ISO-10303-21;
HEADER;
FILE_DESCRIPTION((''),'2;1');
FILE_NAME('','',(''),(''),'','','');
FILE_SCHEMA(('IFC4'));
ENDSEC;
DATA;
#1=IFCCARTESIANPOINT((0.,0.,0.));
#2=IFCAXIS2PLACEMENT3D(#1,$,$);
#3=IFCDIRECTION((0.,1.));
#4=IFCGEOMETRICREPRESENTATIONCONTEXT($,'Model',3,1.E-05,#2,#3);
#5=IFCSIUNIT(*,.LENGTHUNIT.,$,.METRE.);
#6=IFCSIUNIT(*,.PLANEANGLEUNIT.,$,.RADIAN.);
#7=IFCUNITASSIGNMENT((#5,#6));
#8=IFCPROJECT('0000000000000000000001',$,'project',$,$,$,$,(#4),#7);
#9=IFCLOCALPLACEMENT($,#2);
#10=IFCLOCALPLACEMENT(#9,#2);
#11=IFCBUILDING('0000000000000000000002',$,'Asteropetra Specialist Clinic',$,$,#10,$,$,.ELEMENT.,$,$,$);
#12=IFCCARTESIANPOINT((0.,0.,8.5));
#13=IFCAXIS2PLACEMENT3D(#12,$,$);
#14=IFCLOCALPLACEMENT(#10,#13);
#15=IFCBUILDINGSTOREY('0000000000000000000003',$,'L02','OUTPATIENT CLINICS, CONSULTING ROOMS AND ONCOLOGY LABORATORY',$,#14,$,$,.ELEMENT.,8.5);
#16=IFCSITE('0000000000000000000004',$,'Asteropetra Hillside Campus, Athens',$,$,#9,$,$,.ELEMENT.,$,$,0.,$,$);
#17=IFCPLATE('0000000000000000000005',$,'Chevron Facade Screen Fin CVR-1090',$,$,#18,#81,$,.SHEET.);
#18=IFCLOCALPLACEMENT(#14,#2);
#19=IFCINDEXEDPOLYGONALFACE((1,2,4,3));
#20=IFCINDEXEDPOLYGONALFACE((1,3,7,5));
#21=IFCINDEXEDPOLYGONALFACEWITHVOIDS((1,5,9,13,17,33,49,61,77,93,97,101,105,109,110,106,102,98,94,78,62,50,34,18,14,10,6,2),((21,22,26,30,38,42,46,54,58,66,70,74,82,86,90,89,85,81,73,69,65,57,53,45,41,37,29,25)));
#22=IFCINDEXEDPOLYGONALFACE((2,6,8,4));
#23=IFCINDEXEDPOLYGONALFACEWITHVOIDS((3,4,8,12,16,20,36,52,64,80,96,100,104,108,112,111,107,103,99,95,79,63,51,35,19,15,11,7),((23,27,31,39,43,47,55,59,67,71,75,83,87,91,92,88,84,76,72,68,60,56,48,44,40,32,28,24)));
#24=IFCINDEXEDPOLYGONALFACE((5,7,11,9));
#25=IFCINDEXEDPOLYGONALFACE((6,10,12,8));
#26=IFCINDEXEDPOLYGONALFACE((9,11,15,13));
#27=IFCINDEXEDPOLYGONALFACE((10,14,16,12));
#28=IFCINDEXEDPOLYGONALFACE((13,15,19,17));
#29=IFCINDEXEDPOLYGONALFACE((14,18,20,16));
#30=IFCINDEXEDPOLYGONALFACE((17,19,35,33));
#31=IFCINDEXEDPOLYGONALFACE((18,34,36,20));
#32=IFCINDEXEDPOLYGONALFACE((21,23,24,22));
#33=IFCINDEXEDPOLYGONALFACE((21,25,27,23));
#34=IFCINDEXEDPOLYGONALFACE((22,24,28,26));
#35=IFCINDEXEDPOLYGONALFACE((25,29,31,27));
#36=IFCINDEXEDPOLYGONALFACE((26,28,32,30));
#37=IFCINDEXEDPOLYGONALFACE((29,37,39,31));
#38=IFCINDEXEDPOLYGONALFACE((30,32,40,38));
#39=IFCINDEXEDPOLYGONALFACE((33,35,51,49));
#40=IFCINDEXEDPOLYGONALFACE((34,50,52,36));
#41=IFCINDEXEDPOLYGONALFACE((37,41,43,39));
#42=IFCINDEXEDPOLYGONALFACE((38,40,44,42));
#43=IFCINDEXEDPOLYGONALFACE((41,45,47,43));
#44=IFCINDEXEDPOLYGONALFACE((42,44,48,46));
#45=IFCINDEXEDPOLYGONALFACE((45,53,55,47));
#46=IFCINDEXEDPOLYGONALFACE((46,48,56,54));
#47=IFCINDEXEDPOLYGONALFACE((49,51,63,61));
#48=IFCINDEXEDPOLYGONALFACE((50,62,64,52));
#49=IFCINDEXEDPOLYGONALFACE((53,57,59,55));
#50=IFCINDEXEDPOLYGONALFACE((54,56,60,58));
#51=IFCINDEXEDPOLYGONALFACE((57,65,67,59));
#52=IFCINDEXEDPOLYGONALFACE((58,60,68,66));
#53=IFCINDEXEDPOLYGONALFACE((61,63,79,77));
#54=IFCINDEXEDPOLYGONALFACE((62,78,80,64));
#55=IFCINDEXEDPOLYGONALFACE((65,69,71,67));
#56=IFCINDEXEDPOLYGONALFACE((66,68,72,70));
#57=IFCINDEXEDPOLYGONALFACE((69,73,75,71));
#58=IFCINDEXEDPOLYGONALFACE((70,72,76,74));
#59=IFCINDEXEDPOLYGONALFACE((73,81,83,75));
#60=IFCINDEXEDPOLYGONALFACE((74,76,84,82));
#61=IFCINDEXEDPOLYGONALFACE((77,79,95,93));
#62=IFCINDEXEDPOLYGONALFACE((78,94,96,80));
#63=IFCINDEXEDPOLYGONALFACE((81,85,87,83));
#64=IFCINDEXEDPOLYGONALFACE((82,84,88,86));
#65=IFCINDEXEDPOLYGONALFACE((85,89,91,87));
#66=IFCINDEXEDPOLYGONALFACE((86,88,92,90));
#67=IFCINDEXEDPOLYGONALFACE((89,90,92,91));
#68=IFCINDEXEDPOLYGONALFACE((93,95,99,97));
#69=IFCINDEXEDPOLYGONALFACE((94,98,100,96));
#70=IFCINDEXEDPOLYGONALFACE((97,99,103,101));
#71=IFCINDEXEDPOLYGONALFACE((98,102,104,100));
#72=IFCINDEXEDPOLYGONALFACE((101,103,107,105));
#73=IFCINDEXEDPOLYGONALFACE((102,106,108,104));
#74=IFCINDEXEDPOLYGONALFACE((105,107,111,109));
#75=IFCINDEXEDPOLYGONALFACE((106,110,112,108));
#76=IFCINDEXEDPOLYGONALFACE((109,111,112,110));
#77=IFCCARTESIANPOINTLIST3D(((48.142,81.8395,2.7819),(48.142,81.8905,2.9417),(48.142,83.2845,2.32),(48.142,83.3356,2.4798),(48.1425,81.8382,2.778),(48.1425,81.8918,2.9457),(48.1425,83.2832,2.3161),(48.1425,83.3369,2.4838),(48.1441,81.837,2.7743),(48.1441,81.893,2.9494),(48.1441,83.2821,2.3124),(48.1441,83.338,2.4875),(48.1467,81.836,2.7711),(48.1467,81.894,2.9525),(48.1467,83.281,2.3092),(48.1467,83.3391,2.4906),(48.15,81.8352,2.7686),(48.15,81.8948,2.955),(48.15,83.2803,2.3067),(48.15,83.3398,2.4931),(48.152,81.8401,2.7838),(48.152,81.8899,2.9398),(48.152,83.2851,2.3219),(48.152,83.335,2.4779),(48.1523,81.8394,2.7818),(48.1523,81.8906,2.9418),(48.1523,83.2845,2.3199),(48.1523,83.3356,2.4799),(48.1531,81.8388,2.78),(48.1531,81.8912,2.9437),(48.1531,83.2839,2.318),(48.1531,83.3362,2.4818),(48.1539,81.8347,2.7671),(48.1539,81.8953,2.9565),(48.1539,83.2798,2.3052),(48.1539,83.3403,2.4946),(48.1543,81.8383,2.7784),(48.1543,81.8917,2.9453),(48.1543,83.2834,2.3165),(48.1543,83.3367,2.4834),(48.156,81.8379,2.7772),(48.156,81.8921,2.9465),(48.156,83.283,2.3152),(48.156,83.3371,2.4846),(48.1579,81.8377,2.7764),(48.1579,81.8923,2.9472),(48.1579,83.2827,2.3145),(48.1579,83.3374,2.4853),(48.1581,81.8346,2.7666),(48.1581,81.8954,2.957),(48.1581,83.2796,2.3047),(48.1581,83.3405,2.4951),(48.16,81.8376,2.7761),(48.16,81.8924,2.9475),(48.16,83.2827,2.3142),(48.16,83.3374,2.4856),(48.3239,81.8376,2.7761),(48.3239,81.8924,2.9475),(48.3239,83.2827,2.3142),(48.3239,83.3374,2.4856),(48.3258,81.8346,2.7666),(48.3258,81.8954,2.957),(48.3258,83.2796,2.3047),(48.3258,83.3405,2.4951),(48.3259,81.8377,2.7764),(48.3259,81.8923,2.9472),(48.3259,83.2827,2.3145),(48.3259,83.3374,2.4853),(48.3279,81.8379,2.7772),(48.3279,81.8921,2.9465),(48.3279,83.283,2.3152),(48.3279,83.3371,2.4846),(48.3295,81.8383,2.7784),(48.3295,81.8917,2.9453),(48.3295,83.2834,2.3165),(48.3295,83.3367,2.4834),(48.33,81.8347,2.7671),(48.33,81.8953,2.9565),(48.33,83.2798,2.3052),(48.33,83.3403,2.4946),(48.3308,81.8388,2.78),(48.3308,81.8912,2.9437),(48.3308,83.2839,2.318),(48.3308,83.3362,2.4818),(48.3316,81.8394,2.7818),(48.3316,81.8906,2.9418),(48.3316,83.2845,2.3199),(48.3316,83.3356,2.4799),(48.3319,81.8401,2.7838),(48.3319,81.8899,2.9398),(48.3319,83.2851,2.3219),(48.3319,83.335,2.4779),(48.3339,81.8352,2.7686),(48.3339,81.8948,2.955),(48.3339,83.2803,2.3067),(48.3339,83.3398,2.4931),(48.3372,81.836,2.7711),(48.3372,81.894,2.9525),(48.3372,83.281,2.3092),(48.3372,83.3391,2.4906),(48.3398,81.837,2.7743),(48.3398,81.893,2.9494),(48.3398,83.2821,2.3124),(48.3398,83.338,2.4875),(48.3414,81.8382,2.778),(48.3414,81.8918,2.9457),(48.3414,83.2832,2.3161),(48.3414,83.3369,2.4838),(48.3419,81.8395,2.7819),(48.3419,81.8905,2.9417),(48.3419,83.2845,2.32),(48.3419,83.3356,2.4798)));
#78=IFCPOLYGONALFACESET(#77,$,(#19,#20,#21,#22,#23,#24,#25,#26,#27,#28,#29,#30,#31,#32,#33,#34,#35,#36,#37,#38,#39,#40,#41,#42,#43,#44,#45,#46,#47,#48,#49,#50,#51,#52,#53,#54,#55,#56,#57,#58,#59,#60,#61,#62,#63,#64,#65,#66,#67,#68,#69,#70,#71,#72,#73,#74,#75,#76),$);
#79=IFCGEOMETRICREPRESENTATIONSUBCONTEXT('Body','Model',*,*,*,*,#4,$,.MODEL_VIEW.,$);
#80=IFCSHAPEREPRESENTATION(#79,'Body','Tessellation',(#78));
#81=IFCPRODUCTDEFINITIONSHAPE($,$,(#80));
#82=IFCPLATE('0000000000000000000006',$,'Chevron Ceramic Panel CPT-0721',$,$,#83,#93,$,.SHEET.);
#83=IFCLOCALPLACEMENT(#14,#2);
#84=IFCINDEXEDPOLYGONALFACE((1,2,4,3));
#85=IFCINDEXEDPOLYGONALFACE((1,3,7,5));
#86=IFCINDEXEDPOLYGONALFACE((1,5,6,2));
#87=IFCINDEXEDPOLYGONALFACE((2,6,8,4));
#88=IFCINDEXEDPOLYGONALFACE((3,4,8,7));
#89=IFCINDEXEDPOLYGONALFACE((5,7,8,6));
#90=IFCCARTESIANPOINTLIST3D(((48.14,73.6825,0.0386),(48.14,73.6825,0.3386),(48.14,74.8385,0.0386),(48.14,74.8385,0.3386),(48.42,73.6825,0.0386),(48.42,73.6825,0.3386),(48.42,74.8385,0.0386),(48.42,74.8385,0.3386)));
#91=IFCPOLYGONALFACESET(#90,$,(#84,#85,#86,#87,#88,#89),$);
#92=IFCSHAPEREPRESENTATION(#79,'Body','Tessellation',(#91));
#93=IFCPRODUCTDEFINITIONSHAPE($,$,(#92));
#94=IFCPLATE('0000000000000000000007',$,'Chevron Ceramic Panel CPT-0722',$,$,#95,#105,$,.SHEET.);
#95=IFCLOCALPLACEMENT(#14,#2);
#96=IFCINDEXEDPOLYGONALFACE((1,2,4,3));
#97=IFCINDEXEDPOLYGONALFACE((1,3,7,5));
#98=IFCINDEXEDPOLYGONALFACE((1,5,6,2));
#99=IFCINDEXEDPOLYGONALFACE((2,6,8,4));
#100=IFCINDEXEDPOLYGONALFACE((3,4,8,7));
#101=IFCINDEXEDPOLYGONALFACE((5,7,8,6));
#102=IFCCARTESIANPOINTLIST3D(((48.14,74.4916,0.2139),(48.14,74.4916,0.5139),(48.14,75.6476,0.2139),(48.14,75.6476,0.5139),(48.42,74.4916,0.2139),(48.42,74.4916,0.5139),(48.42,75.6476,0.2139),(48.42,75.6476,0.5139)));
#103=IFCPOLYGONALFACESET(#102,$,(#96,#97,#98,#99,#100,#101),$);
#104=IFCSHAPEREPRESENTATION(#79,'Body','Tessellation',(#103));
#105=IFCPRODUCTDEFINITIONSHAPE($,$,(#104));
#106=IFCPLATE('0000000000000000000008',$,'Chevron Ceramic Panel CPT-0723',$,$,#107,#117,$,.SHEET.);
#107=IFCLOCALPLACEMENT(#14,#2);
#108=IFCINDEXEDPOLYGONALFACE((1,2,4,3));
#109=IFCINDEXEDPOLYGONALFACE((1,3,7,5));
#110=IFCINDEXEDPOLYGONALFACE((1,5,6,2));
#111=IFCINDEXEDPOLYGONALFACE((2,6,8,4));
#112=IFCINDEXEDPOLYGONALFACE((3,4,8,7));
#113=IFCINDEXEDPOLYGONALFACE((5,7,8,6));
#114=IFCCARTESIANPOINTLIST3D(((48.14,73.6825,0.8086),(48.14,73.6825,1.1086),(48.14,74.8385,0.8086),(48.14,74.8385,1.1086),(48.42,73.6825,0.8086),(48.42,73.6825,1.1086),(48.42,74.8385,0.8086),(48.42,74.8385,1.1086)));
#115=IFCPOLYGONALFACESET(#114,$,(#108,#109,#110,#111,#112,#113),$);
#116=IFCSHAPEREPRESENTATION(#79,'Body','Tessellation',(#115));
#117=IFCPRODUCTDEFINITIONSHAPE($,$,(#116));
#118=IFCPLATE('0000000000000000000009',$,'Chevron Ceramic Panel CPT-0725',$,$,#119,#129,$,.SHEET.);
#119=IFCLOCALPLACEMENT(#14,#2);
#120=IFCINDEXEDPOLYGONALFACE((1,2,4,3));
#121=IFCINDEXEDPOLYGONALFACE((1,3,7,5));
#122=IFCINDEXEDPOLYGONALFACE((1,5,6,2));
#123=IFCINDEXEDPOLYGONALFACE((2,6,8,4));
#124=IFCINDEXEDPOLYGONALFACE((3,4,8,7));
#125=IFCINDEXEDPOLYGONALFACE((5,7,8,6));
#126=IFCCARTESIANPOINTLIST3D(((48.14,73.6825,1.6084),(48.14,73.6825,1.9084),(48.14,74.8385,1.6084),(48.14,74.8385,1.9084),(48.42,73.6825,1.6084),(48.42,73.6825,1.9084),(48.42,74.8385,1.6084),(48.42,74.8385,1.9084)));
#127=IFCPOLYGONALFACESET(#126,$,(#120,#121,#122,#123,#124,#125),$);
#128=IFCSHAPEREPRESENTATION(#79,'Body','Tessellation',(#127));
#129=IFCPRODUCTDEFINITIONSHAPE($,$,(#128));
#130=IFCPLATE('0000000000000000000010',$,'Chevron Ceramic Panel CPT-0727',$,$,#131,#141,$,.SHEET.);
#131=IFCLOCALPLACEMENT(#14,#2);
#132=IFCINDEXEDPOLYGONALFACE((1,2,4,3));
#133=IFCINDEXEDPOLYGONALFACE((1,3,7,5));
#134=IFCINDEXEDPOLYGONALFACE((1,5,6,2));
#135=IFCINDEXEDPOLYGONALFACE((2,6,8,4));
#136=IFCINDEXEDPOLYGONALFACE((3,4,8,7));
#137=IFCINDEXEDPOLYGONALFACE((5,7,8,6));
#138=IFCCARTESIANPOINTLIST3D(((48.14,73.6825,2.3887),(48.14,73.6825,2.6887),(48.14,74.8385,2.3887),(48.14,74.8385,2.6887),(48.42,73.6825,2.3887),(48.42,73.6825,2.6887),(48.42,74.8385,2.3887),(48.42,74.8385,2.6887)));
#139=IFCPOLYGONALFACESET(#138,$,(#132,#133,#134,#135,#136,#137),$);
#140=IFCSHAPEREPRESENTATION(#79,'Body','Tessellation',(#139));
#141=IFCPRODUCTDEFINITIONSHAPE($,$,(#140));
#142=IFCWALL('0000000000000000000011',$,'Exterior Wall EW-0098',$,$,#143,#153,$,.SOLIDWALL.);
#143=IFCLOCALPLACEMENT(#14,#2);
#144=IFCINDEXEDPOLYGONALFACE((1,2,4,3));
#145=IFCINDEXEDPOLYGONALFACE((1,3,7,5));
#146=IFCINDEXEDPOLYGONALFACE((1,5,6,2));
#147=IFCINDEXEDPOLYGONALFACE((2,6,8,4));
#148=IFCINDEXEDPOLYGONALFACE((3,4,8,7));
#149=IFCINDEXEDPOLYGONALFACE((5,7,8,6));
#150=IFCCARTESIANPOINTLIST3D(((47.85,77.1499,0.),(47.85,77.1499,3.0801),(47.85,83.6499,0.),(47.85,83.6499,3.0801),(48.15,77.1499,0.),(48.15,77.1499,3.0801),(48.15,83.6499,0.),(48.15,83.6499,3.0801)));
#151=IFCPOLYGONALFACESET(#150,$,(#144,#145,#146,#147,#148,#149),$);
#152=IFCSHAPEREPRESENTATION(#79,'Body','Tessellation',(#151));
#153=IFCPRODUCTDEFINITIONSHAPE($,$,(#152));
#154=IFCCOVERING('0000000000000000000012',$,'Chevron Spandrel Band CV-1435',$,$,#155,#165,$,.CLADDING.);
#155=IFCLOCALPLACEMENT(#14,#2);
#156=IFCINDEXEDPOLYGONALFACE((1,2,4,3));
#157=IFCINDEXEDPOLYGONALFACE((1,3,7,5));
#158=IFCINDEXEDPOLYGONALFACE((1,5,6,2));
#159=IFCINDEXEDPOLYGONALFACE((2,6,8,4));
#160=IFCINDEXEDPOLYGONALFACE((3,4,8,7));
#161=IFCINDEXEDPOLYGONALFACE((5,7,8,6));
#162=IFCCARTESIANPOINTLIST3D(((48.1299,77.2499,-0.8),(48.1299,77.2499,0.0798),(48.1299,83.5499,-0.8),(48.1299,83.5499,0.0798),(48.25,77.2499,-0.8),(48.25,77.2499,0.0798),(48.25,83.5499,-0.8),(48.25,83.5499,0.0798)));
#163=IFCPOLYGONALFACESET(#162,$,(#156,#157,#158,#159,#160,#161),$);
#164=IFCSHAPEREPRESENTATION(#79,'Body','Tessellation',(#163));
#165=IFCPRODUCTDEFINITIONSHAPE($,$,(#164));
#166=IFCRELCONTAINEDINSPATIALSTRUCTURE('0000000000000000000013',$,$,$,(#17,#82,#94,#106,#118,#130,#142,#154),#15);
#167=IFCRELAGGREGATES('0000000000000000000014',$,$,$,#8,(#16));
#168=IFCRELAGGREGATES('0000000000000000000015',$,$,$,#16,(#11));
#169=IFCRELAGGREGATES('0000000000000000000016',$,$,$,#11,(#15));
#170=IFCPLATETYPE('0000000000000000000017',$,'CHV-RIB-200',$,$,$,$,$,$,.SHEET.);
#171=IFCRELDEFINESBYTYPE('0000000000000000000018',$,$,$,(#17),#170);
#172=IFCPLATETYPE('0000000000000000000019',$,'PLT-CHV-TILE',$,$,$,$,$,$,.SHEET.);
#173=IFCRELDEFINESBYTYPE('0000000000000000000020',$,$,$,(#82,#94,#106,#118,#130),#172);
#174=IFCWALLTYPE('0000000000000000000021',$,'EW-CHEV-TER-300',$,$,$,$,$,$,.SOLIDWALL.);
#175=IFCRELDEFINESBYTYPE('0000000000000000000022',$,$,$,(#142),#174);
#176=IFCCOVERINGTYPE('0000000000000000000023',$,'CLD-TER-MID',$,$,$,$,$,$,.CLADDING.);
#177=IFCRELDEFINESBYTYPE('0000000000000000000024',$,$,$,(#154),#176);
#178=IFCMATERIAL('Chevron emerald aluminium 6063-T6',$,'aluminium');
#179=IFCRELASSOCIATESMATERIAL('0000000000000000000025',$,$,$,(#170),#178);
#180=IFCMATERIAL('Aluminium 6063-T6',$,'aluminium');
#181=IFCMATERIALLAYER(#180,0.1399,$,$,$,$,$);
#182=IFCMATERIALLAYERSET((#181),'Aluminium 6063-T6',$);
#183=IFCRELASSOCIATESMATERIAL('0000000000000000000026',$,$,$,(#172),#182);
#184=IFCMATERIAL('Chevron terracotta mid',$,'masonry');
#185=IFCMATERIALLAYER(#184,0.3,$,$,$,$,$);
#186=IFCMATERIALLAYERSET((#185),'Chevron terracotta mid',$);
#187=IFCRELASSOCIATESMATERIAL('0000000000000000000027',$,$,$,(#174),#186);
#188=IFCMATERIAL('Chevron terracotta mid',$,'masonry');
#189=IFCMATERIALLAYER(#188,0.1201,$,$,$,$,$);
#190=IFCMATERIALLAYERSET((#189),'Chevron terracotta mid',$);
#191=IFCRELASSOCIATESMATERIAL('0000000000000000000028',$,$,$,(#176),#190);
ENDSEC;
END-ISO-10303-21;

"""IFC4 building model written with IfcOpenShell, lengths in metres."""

from ifc_helpers import new_model, si_unit, direction, frame, frame_2d, origin, origin_2d, place, context, subcontext, project, spatial, rectangle, hollow_rectangle, extrude, material, layer, layer_set, material_profile, profile_set, type_object, element, save


model = new_model("IFC4")

# Units and contexts
model_context = context("Model", 3, precision=1e-05, world=origin(), true_north=direction((0.0, 1.0)))
body_context = subcontext(model_context, "Body", "Model", "MODEL_VIEW")
ifc_project = project(units=[si_unit("LENGTHUNIT", "METRE"), si_unit("PLANEANGLEUNIT", "RADIAN")], contexts=[model_context])

# Site, building, storey
site_placement = place(None, origin())
site = spatial("IfcSite", under=ifc_project, at=site_placement, Name="Asteropetra Hillside Campus, Athens", CompositionType="ELEMENT", RefElevation=0.0)
building_placement = place(site_placement, origin())
building = spatial("IfcBuilding", under=site, at=building_placement, Name="Asteropetra Specialist Clinic", CompositionType="ELEMENT")
storey_placement = place(building_placement, frame((0.0, 0.0, 8.5)))
storey = spatial("IfcBuildingStorey", under=building, at=storey_placement, Name="L02", Description="OUTPATIENT CLINICS, CONSULTING ROOMS AND ONCOLOGY LABORATORY", CompositionType="ELEMENT", Elevation=8.5)

# Plates
ifc_material_1 = material(Name="Chevron emerald aluminium 6063-T6", Category="aluminium")
ifc_material_profile_1 = material_profile(ifc_material_1, hollow_rectangle(XDim=0.2, YDim=0.2, WallThickness=0.01, InnerFilletRadius=0.0081, OuterFilletRadius=0.0161, at=origin_2d()), Name="SHS 200x200x10.0")
ifc_profile_set_1 = profile_set([ifc_material_profile_1], Name="Chevron emerald aluminium 6063-T6")
plate_type_1 = type_object("IfcPlateType", Name="CHV-RIB-200", PredefinedType="SHEET", material=ifc_profile_set_1)
for number, where, z_axis, x_axis, name in (
    (1, (48.2419, 81.865, 2.8618), (0.0, 0.952521, -0.304472), (-1.0, 0.0, 0.0), "Chevron Facade Screen Fin CVR-1090"),
):
    element("IfcPlate", number, at=place(storey_placement, frame(where, z_axis=z_axis, x_axis=x_axis)), inside=storey, type_object=plate_type_1, Name=name, PredefinedType="SHEET", context=body_context, shape_type="SweptSolid", body=[
        extrude(hollow_rectangle(XDim=0.2, YDim=0.2, WallThickness=0.01, InnerFilletRadius=0.0081, OuterFilletRadius=0.0161, at=origin_2d()), origin(), (0.0, 0.0, 1.0), 1.5171),
    ])
ifc_material_2 = material(Name="Aluminium 6063-T6", Category="aluminium")
ifc_layer_1 = layer(ifc_material_2, 0.1399)
ifc_layer_set_1 = layer_set([ifc_layer_1], Name="Aluminium 6063-T6")
plate_type_2 = type_object("IfcPlateType", Name="PLT-CHV-TILE", PredefinedType="SHEET", material=ifc_layer_set_1)
for number, where, z_axis, x_axis, name in (
    (2, (48.28, 74.2605, 0.0386), (0.0, 0.0, 1.0), (1.0, 0.0, 0.0), "Chevron Ceramic Panel CPT-0721"),
    (3, (48.28, 75.0696, 0.2139), (0.0, 0.0, 1.0), (1.0, 0.0, 0.0), "Chevron Ceramic Panel CPT-0722"),
    (4, (48.28, 74.2605, 0.8086), (0.0, 0.0, 1.0), (1.0, 0.0, 0.0), "Chevron Ceramic Panel CPT-0723"),
    (5, (48.28, 74.2605, 1.6084), (0.0, 0.0, 1.0), (1.0, 0.0, 0.0), "Chevron Ceramic Panel CPT-0725"),
    (6, (48.28, 74.2605, 2.3887), (0.0, 0.0, 1.0), (1.0, 0.0, 0.0), "Chevron Ceramic Panel CPT-0727"),
):
    element("IfcPlate", number, at=place(storey_placement, frame(where, z_axis=z_axis, x_axis=x_axis)), inside=storey, type_object=plate_type_2, Name=name, PredefinedType="SHEET", context=body_context, shape_type="SweptSolid", body=[
        extrude(rectangle(XDim=0.28, YDim=1.156, at=origin_2d()), origin(), (0.0, 0.0, 1.0), 0.3),
    ])

# Wall
ifc_material_3 = material(Name="Chevron terracotta mid", Category="masonry")
ifc_layer_2 = layer(ifc_material_3, 0.3)
ifc_layer_set_2 = layer_set([ifc_layer_2], Name="Chevron terracotta mid")
wall_type = type_object("IfcWallType", Name="EW-CHEV-TER-300", PredefinedType="SOLIDWALL", material=ifc_layer_set_2)
wall_placement = place(storey_placement, frame((48.0, 77.1499, 0.0), z_axis=(0.0, 0.0, 1.0), x_axis=(0.0, 1.0, 0.0)))
element("IfcWall", 7, at=wall_placement, inside=storey, type_object=wall_type, Name="Exterior Wall EW-0098", PredefinedType="SOLIDWALL", context=body_context, shape_type="SweptSolid", body=[
    extrude(rectangle(XDim=6.5, YDim=0.3, at=frame_2d((3.25, 0.0))), origin(), (0.0, 0.0, 1.0), 3.0801),
])

# Covering
ifc_material_4 = material(Name="Chevron terracotta mid", Category="masonry")
ifc_layer_3 = layer(ifc_material_4, 0.1201)
ifc_layer_set_3 = layer_set([ifc_layer_3], Name="Chevron terracotta mid")
covering_type = type_object("IfcCoveringType", Name="CLD-TER-MID", PredefinedType="CLADDING", material=ifc_layer_set_3)
covering_placement = place(storey_placement, frame((48.1899, 80.3999, -0.8), z_axis=(0.0, 0.0, 1.0), x_axis=(1.0, 0.0, 0.0)))
element("IfcCovering", 8, at=covering_placement, inside=storey, type_object=covering_type, Name="Chevron Spandrel Band CV-1435", PredefinedType="CLADDING", context=body_context, shape_type="SweptSolid", body=[
    extrude(rectangle(XDim=0.1201, YDim=6.3, at=origin_2d()), origin(), (0.0, 0.0, 1.0), 0.8799),
])

save(model, "model.ifc")
